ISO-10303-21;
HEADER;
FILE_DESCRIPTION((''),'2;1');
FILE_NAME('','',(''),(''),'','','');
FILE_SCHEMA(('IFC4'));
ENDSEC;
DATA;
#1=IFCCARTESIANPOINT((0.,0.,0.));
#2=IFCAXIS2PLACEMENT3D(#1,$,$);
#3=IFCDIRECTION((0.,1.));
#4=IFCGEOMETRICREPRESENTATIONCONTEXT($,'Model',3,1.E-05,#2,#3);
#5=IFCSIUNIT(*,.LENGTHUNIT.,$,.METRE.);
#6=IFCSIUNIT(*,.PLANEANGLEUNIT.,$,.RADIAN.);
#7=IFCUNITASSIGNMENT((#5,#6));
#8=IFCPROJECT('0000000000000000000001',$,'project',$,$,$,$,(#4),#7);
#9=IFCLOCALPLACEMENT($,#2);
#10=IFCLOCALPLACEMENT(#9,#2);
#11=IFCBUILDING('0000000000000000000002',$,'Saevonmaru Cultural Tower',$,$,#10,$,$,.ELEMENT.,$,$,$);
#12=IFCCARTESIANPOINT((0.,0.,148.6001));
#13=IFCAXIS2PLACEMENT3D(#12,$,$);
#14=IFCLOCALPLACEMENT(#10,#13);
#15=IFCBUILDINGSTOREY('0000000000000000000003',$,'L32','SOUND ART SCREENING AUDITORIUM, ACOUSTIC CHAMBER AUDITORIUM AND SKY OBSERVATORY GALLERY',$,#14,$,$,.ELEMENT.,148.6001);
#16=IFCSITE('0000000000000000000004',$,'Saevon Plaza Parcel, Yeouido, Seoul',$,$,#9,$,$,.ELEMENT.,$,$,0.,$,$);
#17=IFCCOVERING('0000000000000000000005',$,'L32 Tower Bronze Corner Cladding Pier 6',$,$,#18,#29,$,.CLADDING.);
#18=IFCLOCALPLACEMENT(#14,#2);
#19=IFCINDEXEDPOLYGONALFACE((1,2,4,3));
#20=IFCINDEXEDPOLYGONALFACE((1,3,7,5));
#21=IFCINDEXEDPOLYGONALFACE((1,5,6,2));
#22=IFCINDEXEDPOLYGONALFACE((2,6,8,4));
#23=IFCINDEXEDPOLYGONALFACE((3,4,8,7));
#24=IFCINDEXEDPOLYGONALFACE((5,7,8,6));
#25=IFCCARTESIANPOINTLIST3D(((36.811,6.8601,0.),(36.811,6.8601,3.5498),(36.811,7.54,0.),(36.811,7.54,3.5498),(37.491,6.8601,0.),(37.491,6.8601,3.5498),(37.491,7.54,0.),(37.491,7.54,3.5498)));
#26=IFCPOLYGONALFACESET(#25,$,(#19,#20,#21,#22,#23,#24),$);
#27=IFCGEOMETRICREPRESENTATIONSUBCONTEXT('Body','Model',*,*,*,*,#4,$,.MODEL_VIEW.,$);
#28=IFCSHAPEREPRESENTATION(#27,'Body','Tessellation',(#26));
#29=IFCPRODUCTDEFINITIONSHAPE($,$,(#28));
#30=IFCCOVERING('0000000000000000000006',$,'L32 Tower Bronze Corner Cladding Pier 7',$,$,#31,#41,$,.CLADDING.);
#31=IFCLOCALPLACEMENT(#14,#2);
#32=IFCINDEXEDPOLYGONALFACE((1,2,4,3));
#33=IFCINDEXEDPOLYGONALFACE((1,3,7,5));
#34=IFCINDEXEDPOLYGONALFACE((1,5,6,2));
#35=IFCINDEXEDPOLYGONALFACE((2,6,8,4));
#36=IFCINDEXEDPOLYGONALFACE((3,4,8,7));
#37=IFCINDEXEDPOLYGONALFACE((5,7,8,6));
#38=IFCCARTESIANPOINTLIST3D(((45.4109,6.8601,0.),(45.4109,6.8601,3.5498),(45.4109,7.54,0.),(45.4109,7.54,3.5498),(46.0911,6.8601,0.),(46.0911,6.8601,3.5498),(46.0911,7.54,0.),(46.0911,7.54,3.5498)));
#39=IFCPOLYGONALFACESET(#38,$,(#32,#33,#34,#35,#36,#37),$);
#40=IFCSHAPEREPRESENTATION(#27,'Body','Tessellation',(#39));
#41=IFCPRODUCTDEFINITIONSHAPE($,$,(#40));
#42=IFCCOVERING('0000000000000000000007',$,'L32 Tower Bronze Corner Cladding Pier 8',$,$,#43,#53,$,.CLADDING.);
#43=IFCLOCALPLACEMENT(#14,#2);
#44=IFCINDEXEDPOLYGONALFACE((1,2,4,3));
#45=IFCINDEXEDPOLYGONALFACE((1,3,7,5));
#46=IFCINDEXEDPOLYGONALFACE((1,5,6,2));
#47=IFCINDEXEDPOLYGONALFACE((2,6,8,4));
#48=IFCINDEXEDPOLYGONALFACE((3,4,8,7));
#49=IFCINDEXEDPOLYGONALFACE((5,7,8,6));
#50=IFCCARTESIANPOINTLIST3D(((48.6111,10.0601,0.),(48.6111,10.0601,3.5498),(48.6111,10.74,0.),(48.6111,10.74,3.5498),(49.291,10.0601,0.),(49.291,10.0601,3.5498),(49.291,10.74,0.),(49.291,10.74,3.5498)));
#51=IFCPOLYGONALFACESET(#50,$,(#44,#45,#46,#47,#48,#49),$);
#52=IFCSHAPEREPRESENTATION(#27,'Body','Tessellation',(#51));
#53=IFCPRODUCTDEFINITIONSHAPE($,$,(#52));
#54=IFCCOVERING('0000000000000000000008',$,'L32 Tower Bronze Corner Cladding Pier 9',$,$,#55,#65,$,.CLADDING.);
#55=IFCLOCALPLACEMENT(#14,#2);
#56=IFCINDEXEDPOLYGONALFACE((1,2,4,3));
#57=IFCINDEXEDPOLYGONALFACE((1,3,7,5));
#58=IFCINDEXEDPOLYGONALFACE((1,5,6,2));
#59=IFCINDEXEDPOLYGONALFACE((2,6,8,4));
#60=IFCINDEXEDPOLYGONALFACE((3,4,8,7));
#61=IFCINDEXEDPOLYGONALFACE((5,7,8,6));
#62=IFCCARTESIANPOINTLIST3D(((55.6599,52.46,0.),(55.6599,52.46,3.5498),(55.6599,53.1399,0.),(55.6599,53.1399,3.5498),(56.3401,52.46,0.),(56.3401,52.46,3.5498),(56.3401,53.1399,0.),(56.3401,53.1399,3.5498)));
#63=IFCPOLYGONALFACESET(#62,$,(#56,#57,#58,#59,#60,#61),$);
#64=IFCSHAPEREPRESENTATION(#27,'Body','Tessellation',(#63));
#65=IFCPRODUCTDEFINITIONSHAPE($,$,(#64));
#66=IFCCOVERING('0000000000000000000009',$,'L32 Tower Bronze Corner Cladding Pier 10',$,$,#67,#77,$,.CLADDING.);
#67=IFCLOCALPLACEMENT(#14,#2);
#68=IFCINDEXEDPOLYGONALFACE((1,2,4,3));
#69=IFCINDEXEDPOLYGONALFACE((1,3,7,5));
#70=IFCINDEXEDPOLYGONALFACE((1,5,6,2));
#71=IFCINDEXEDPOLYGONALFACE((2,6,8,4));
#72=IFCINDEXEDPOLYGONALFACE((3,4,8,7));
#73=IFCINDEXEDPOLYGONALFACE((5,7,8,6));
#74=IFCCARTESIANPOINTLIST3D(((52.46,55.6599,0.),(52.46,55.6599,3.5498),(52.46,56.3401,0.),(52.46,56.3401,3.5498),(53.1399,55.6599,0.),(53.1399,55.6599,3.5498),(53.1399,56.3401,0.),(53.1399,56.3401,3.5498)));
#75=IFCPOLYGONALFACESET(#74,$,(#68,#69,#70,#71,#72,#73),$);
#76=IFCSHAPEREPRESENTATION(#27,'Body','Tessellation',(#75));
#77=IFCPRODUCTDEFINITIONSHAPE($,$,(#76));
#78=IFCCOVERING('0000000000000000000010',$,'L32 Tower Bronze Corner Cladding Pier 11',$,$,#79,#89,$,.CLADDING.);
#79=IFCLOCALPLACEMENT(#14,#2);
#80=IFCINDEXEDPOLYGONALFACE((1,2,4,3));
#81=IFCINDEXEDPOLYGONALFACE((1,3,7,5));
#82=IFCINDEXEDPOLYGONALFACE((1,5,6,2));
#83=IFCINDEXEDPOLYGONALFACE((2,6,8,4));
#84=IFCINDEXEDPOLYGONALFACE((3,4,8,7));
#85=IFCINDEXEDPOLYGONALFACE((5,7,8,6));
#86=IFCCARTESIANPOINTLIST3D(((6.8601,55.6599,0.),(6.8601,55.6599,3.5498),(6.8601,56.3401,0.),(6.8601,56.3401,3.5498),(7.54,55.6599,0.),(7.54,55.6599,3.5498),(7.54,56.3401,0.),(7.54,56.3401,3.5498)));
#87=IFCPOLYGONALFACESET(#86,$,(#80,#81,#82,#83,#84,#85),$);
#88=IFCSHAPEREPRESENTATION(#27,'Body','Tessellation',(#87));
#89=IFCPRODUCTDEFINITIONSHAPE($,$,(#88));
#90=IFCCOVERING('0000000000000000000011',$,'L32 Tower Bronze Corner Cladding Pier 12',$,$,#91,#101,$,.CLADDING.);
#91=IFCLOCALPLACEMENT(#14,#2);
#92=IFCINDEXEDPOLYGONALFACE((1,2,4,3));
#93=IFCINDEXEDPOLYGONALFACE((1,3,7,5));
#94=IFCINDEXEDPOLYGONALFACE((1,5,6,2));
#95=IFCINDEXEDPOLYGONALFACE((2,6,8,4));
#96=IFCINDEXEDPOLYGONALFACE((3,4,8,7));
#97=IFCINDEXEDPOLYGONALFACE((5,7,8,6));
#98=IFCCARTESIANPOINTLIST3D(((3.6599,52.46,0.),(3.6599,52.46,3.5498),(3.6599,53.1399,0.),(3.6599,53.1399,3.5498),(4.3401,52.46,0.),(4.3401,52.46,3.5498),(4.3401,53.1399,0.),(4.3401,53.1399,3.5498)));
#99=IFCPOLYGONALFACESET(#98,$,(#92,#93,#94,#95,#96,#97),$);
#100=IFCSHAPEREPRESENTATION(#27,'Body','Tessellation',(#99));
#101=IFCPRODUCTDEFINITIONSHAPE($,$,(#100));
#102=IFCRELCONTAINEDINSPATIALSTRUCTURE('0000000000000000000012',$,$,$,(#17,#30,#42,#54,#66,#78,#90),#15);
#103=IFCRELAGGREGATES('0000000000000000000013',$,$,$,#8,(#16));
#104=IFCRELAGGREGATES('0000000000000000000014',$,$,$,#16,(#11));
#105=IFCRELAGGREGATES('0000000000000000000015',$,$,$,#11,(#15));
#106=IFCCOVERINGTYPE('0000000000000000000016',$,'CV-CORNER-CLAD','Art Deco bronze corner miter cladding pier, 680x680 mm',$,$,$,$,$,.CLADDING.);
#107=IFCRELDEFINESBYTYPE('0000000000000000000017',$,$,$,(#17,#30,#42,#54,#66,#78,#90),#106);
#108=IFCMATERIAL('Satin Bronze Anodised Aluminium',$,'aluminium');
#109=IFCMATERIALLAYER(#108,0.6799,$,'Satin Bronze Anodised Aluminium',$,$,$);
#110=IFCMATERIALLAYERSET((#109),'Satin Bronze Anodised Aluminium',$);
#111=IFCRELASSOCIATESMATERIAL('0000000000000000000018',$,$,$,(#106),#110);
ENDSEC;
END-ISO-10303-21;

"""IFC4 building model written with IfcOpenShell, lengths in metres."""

from ifc_helpers import new_model, si_unit, direction, frame, origin, place, context, subcontext, project, spatial, polyline, outline, extrude, material, layer, layer_set, type_object, element, save


model = new_model("IFC4")

# Units and contexts
model_context = context("Model", 3, precision=1e-05, world=origin(), true_north=direction((0.0, 1.0)))
body_context = subcontext(model_context, "Body", "Model", "MODEL_VIEW")
ifc_project = project(units=[si_unit("LENGTHUNIT", "METRE"), si_unit("PLANEANGLEUNIT", "RADIAN")], contexts=[model_context])

# Site, building, storey
site_placement = place(None, origin())
site = spatial("IfcSite", under=ifc_project, at=site_placement, Name="Saevon Plaza Parcel, Yeouido, Seoul", CompositionType="ELEMENT", RefElevation=0.0)
building_placement = place(site_placement, origin())
building = spatial("IfcBuilding", under=site, at=building_placement, Name="Saevonmaru Cultural Tower", CompositionType="ELEMENT")
storey_placement = place(building_placement, frame((0.0, 0.0, 148.6001)))
storey = spatial("IfcBuildingStorey", under=building, at=storey_placement, Name="L32", Description="SOUND ART SCREENING AUDITORIUM, ACOUSTIC CHAMBER AUDITORIUM AND SKY OBSERVATORY GALLERY", CompositionType="ELEMENT", Elevation=148.6001)

# Shared definitions
ifc_material_1 = material(Name="Satin Bronze Anodised Aluminium", Category="aluminium")

# Coverings
ifc_layer_1 = layer(ifc_material_1, 0.6799, Name="Satin Bronze Anodised Aluminium")
ifc_layer_set_1 = layer_set([ifc_layer_1], Name="Satin Bronze Anodised Aluminium")
covering_type = type_object("IfcCoveringType", Name="CV-CORNER-CLAD", Description="Art Deco bronze corner miter cladding pier, 680x680 mm", PredefinedType="CLADDING", material=ifc_layer_set_1)
covering_1_placement = place(storey_placement, origin())
element("IfcCovering", 1, at=covering_1_placement, inside=storey, type_object=covering_type, Name="L32 Tower Bronze Corner Cladding Pier 6", PredefinedType="CLADDING", context=body_context, shape_type="SweptSolid", body=[
    extrude(outline(polyline([(36.811, 6.8601), (37.491, 6.8601), (37.491, 7.54), (36.811, 7.54), (36.811, 6.8601)])), origin(), (0.0, 0.0, 1.0), 3.5498),
])
covering_2_placement = place(storey_placement, origin())
element("IfcCovering", 2, at=covering_2_placement, inside=storey, type_object=covering_type, Name="L32 Tower Bronze Corner Cladding Pier 7", PredefinedType="CLADDING", context=body_context, shape_type="SweptSolid", body=[
    extrude(outline(polyline([(45.4109, 6.8601), (46.0911, 6.8601), (46.0911, 7.54), (45.4109, 7.54), (45.4109, 6.8601)])), origin(), (0.0, 0.0, 1.0), 3.5498),
])
covering_3_placement = place(storey_placement, origin())
element("IfcCovering", 3, at=covering_3_placement, inside=storey, type_object=covering_type, Name="L32 Tower Bronze Corner Cladding Pier 8", PredefinedType="CLADDING", context=body_context, shape_type="SweptSolid", body=[
    extrude(outline(polyline([(48.6111, 10.0601), (49.291, 10.0601), (49.291, 10.74), (48.6111, 10.74), (48.6111, 10.0601)])), origin(), (0.0, 0.0, 1.0), 3.5498),
])
covering_4_placement = place(storey_placement, origin())
element("IfcCovering", 4, at=covering_4_placement, inside=storey, type_object=covering_type, Name="L32 Tower Bronze Corner Cladding Pier 9", PredefinedType="CLADDING", context=body_context, shape_type="SweptSolid", body=[
    extrude(outline(polyline([(55.6599, 52.46), (56.3401, 52.46), (56.3401, 53.1399), (55.6599, 53.1399), (55.6599, 52.46)])), origin(), (0.0, 0.0, 1.0), 3.5498),
])
covering_5_placement = place(storey_placement, origin())
element("IfcCovering", 5, at=covering_5_placement, inside=storey, type_object=covering_type, Name="L32 Tower Bronze Corner Cladding Pier 10", PredefinedType="CLADDING", context=body_context, shape_type="SweptSolid", body=[
    extrude(outline(polyline([(52.46, 55.6599), (53.1399, 55.6599), (53.1399, 56.3401), (52.46, 56.3401), (52.46, 55.6599)])), origin(), (0.0, 0.0, 1.0), 3.5498),
])
covering_6_placement = place(storey_placement, origin())
element("IfcCovering", 6, at=covering_6_placement, inside=storey, type_object=covering_type, Name="L32 Tower Bronze Corner Cladding Pier 11", PredefinedType="CLADDING", context=body_context, shape_type="SweptSolid", body=[
    extrude(outline(polyline([(6.8601, 55.6599), (7.54, 55.6599), (7.54, 56.3401), (6.8601, 56.3401), (6.8601, 55.6599)])), origin(), (0.0, 0.0, 1.0), 3.5498),
])
covering_7_placement = place(storey_placement, origin())
element("IfcCovering", 7, at=covering_7_placement, inside=storey, type_object=covering_type, Name="L32 Tower Bronze Corner Cladding Pier 12", PredefinedType="CLADDING", context=body_context, shape_type="SweptSolid", body=[
    extrude(outline(polyline([(3.6599, 52.46), (4.3401, 52.46), (4.3401, 53.1399), (3.6599, 53.1399), (3.6599, 52.46)])), origin(), (0.0, 0.0, 1.0), 3.5498),
])

save(model, "model.ifc")
